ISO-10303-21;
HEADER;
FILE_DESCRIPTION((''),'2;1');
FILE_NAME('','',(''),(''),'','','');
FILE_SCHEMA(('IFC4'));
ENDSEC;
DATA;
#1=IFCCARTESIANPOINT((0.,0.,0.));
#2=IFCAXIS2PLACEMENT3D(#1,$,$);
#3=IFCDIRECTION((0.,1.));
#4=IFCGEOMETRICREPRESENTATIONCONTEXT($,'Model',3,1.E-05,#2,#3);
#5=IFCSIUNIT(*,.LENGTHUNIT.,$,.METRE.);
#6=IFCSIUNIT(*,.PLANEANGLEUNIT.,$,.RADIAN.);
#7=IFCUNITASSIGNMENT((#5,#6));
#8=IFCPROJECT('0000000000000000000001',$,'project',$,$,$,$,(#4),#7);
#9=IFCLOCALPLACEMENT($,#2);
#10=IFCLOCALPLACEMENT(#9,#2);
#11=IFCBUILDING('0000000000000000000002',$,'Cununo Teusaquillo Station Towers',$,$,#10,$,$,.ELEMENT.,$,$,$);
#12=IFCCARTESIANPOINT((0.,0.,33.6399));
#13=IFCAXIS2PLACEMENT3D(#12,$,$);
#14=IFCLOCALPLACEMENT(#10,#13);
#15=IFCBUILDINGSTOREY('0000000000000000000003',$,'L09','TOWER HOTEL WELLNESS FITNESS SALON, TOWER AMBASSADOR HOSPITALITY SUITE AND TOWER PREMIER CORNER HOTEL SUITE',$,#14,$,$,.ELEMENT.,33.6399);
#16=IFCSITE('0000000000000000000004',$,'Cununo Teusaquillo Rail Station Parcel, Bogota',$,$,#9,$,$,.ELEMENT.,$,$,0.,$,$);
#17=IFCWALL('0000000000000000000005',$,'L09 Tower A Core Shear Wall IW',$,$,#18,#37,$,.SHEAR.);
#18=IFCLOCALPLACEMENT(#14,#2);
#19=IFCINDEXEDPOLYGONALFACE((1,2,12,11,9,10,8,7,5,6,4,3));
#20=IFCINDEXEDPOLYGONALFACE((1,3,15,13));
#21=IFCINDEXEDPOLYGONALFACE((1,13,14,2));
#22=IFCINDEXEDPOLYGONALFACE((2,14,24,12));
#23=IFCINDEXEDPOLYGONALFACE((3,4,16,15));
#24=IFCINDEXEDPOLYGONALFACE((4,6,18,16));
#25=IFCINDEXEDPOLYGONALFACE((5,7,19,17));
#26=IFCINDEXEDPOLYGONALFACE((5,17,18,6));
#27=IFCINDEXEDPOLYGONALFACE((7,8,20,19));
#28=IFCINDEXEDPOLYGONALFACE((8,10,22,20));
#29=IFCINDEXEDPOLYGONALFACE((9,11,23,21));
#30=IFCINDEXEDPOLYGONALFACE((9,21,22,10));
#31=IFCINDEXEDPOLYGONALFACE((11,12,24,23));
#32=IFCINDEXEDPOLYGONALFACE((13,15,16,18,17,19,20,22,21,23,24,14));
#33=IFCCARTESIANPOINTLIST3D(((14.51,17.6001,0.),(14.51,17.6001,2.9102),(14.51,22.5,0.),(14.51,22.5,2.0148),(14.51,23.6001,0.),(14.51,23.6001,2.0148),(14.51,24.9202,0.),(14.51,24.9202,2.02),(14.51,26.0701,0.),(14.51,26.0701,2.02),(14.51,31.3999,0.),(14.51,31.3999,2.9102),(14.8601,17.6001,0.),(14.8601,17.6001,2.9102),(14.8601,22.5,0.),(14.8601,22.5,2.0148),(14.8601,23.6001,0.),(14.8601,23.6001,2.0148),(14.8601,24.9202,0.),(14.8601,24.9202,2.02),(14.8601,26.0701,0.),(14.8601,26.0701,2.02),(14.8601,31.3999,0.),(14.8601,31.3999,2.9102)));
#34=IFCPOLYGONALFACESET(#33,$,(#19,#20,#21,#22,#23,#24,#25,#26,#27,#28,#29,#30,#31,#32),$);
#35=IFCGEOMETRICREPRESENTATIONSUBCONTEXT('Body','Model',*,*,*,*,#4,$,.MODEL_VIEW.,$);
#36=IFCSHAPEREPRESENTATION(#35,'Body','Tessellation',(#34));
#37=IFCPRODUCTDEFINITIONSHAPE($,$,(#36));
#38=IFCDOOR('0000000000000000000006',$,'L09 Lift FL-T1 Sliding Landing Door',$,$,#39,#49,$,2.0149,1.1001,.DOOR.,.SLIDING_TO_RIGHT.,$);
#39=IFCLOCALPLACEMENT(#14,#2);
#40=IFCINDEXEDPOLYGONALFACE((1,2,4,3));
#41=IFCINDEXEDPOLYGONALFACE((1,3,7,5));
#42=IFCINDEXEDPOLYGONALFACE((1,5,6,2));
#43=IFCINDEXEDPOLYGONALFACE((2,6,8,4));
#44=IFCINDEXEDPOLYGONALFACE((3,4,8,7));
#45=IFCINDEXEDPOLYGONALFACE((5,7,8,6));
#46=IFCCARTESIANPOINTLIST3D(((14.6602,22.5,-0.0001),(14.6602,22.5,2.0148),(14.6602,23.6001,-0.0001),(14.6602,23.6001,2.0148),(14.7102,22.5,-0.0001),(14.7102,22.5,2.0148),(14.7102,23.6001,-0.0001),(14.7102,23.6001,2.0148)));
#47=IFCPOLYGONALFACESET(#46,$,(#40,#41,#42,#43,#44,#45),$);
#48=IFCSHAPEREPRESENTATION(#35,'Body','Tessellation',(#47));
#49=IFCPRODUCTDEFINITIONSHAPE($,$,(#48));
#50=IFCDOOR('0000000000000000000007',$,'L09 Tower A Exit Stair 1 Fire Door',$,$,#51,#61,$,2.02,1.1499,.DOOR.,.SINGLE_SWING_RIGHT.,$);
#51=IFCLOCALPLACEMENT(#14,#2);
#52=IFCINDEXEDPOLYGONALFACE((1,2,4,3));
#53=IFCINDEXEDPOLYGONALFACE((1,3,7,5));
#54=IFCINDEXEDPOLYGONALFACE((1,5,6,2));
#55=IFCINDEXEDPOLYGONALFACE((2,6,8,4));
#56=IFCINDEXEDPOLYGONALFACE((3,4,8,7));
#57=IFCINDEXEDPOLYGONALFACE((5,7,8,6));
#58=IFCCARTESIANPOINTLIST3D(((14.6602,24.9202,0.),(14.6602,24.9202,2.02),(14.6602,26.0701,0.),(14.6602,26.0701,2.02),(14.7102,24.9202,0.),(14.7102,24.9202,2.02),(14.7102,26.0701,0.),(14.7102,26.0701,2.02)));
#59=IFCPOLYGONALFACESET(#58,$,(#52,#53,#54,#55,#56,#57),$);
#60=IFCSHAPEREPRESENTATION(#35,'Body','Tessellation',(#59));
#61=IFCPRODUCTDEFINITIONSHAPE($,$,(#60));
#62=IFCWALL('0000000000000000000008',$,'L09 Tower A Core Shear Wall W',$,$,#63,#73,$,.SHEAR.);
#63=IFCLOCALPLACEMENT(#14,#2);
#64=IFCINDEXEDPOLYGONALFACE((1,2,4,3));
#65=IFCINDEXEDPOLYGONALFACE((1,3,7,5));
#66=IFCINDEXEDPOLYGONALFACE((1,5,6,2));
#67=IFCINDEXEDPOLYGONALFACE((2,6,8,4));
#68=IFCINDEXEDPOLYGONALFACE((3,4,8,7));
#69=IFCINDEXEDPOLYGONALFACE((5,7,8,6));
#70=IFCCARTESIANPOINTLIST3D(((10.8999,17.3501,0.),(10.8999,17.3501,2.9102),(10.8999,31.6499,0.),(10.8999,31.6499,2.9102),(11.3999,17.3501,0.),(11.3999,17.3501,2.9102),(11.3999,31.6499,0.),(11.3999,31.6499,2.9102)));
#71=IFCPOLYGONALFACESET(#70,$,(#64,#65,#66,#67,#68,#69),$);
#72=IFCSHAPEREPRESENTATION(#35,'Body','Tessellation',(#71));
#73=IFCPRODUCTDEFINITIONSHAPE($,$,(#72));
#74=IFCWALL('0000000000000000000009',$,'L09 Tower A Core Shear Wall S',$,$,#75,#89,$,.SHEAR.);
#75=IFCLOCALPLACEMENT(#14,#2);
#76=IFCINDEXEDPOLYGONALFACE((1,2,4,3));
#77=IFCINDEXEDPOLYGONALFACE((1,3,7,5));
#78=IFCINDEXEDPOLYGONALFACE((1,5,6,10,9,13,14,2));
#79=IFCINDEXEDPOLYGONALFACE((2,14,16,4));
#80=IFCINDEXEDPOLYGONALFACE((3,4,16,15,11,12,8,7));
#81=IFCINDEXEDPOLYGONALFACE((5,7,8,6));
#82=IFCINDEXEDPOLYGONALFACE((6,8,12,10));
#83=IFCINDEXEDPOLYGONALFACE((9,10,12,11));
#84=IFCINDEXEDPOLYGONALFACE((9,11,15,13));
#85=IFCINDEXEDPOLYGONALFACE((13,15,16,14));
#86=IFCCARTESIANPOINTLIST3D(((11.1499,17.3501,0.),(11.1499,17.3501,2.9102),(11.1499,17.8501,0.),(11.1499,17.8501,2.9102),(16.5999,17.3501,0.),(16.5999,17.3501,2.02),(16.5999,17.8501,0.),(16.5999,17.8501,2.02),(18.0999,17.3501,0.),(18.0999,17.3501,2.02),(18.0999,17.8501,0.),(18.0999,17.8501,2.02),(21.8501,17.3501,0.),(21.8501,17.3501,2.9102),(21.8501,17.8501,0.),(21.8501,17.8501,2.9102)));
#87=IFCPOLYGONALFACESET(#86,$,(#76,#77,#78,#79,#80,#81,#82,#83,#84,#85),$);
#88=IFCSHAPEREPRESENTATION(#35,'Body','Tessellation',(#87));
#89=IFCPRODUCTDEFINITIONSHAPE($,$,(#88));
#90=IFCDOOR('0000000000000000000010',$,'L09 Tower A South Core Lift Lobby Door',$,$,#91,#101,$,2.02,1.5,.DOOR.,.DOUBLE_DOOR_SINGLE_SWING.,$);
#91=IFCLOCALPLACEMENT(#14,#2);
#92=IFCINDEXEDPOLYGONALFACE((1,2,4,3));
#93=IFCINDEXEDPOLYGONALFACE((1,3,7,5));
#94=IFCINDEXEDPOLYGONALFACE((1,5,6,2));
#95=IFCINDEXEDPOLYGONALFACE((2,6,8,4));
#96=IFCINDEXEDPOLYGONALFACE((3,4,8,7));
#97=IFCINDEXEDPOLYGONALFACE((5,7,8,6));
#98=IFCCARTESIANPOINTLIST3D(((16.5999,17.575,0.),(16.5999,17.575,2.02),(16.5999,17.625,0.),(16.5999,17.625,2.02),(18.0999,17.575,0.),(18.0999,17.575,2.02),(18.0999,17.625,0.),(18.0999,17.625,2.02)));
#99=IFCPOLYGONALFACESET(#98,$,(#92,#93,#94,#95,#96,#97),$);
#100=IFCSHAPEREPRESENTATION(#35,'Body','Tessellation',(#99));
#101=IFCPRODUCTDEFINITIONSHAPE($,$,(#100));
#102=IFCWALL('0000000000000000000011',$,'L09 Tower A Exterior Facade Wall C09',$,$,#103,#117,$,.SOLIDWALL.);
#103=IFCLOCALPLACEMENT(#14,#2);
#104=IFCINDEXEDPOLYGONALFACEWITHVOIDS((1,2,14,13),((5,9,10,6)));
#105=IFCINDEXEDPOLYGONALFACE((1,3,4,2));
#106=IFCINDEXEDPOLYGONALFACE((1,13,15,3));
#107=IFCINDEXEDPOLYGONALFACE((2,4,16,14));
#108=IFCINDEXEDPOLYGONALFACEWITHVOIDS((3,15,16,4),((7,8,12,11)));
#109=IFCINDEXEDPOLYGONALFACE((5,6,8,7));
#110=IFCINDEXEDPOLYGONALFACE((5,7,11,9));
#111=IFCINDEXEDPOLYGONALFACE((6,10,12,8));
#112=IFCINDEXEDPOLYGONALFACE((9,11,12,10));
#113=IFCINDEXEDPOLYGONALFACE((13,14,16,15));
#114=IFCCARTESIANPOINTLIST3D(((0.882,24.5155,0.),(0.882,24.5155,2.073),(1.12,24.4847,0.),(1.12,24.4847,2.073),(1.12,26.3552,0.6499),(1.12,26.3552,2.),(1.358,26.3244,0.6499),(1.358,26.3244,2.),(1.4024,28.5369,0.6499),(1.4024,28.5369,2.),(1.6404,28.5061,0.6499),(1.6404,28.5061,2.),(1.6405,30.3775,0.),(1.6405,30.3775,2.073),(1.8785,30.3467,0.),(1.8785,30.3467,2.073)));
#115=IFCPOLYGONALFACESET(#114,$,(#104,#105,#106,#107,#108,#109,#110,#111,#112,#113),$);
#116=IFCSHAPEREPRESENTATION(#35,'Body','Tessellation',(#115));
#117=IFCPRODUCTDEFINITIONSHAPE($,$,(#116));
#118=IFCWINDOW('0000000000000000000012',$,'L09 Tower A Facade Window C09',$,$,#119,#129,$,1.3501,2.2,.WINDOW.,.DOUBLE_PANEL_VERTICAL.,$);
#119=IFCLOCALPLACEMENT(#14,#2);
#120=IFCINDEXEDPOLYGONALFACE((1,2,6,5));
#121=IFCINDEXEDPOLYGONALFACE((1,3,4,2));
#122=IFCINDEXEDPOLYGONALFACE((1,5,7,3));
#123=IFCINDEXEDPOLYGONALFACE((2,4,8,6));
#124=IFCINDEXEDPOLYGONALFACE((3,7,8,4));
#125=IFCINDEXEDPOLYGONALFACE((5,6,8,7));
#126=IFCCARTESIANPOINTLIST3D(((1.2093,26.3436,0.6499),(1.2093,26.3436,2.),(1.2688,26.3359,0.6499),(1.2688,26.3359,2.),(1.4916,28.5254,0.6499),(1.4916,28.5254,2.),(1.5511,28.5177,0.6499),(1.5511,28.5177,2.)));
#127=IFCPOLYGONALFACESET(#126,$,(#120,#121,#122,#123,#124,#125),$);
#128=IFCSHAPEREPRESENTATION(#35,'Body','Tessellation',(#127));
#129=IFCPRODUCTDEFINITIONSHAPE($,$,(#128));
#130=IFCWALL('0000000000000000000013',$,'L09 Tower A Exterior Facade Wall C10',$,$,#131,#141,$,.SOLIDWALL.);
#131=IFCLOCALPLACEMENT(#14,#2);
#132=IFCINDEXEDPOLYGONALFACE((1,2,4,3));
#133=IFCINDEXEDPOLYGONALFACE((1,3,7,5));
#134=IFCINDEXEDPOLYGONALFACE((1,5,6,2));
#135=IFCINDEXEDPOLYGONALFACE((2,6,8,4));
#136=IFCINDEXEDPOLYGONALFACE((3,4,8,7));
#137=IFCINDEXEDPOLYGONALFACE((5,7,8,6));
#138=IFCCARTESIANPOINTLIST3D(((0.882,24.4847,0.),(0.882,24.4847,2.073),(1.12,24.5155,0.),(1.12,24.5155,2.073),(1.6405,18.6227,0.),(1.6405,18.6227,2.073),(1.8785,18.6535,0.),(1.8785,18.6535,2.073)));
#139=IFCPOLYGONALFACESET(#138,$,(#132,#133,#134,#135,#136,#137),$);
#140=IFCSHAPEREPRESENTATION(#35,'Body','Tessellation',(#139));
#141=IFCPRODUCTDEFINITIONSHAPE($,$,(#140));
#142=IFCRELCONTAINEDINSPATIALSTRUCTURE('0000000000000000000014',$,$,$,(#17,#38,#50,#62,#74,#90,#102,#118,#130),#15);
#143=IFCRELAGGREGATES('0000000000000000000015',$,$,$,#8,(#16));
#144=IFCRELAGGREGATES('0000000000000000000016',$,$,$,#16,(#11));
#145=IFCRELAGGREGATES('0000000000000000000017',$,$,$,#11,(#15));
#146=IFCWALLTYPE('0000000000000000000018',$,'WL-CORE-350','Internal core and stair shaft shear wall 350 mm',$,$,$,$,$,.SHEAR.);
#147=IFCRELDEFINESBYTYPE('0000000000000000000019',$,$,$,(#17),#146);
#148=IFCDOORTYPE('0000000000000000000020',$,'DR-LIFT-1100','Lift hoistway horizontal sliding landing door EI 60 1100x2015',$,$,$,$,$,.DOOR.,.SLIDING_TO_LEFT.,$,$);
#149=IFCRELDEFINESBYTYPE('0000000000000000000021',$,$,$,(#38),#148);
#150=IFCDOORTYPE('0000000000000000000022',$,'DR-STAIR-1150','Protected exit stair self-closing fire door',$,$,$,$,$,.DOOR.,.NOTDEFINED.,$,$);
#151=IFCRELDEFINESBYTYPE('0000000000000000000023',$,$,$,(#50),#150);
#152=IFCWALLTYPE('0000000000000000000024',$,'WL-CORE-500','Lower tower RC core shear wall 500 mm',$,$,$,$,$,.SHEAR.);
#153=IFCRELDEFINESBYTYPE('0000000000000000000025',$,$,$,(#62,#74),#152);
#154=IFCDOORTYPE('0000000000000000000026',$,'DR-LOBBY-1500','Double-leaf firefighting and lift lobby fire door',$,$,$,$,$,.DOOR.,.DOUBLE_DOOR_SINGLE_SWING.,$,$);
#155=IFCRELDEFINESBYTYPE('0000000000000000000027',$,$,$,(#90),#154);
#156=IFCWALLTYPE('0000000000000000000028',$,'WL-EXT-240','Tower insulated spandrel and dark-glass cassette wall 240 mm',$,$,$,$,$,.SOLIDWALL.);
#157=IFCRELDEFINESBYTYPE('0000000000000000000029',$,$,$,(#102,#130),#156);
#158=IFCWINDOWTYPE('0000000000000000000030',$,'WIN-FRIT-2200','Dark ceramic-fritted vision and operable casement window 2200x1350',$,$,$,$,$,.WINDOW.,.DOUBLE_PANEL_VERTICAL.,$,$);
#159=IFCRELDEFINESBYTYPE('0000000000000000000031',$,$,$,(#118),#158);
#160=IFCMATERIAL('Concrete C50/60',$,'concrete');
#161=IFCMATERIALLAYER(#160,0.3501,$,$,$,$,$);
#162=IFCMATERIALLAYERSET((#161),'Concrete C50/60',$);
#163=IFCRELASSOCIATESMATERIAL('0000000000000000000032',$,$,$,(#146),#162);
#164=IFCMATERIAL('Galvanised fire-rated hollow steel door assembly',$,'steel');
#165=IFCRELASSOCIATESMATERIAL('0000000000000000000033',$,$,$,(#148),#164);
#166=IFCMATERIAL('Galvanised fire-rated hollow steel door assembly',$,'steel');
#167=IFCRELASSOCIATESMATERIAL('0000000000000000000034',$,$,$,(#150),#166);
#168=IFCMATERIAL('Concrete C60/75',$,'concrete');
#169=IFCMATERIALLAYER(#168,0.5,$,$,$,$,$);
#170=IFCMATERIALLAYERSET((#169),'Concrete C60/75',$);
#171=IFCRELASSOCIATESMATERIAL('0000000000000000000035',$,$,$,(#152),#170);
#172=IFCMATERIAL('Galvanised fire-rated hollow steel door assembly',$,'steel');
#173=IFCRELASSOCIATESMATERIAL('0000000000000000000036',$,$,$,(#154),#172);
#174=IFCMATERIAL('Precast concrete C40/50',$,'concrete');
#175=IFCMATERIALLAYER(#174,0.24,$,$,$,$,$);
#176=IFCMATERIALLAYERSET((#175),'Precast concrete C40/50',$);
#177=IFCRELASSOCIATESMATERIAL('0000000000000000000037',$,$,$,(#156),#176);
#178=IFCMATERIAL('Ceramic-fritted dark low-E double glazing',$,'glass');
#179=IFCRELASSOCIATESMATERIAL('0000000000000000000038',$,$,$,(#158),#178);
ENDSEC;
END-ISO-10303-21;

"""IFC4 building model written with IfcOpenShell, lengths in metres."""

from ifc_helpers import new_model, si_unit, direction, frame, frame_2d, origin, place, context, subcontext, project, spatial, rectangle, extrude, source, transform, mapped, material, layer, layer_set, type_object, element, fill, save


model = new_model("IFC4")

# Units and contexts
model_context = context("Model", 3, precision=1e-05, world=origin(), true_north=direction((0.0, 1.0)))
body_context = subcontext(model_context, "Body", "Model", "MODEL_VIEW")
ifc_project = project(units=[si_unit("LENGTHUNIT", "METRE"), si_unit("PLANEANGLEUNIT", "RADIAN")], contexts=[model_context])

# Site, building, storey
site_placement = place(None, origin())
site = spatial("IfcSite", under=ifc_project, at=site_placement, Name="Cununo Teusaquillo Rail Station Parcel, Bogota", CompositionType="ELEMENT", RefElevation=0.0)
building_placement = place(site_placement, origin())
building = spatial("IfcBuilding", under=site, at=building_placement, Name="Cununo Teusaquillo Station Towers", CompositionType="ELEMENT")
storey_placement = place(building_placement, frame((0.0, 0.0, 33.6399)))
storey = spatial("IfcBuildingStorey", under=building, at=storey_placement, Name="L09", Description="TOWER HOTEL WELLNESS FITNESS SALON, TOWER AMBASSADOR HOSPITALITY SUITE AND TOWER PREMIER CORNER HOTEL SUITE", CompositionType="ELEMENT", Elevation=33.6399)

# Wall, openings, doors
ifc_material_1 = material(Name="Concrete C50/60", Category="concrete")
ifc_layer_1 = layer(ifc_material_1, 0.3501)
ifc_layer_set_1 = layer_set([ifc_layer_1], Name="Concrete C50/60")
wall_type_1 = type_object("IfcWallType", Name="WL-CORE-350", Description="Internal core and stair shaft shear wall 350 mm", PredefinedType="SHEAR", material=ifc_layer_set_1)
wall_1_placement = place(storey_placement, frame((14.6851, 17.6001, 0.0), z_axis=(0.0, 0.0, 1.0), x_axis=(0.0, 1.0, 0.0)))
wall_1 = element("IfcWall", 1, at=wall_1_placement, inside=storey, type_object=wall_type_1, Name="L09 Tower A Core Shear Wall IW", PredefinedType="SHEAR", context=body_context, shape_type="SweptSolid", body=[
    extrude(rectangle(XDim=13.7998, YDim=0.3501, at=frame_2d((6.8999, 0.0))), origin(), (0.0, 0.0, 1.0), 2.9102),
])
shared_shape_1 = source(origin(), body_context, "Body", "SweptSolid", [
    extrude(rectangle(XDim=1.1001, YDim=2.0149, at=frame_2d((0.55, 1.0073))), frame((0.0, 0.1851, 0.0), z_axis=(0.0, -1.0, 0.0), x_axis=(1.0, 0.0, 0.0)), (0.0, 0.0, 1.0), 0.3701),
])
opening_1_placement = place(wall_1_placement, frame((4.8999, 0.0, 0.0)))
opening_1 = element("IfcOpeningElement", 2, at=opening_1_placement, cuts=wall_1, PredefinedType="OPENING", context=body_context, shape_type="MappedRepresentation", body=[
    mapped(shared_shape_1, transform((0.0, 0.0, 0.0), x_axis=(1.0, 0.0, 0.0), y_axis=(0.0, 1.0, 0.0), z_axis=(0.0, 0.0, 1.0), scale=1.0)),
])
shared_shape_2 = source(origin(), body_context, "Body", "SweptSolid", [
    extrude(rectangle(XDim=1.1499, YDim=2.02, at=frame_2d((0.575, 1.01))), frame((0.0, 0.1851, 0.0), z_axis=(0.0, -1.0, 0.0), x_axis=(1.0, 0.0, 0.0)), (0.0, 0.0, 1.0), 0.3701),
])
opening_2_placement = place(wall_1_placement, frame((7.3201, 0.0, 0.0)))
opening_2 = element("IfcOpeningElement", 3, at=opening_2_placement, cuts=wall_1, PredefinedType="OPENING", context=body_context, shape_type="MappedRepresentation", body=[
    mapped(shared_shape_2, transform((0.0, 0.0, 0.0), x_axis=(1.0, 0.0, 0.0), y_axis=(0.0, 1.0, 0.0), z_axis=(0.0, 0.0, 1.0), scale=1.0)),
])
ifc_material_2 = material(Name="Galvanised fire-rated hollow steel door assembly", Category="steel")
door_type_1 = type_object("IfcDoorType", Name="DR-LIFT-1100", Description="Lift hoistway horizontal sliding landing door EI 60 1100x2015", OperationType="SLIDING_TO_LEFT", PredefinedType="DOOR", material=ifc_material_2)
shared_shape_3 = source(origin(), body_context, "Body", "SweptSolid", [
    extrude(rectangle(XDim=1.1001, YDim=2.0149, at=frame_2d((0.55, 1.0073))), frame((0.0, 0.0249, 0.0), z_axis=(0.0, -1.0, 0.0), x_axis=(1.0, 0.0, 0.0)), (0.0, 0.0, 1.0), 0.05),
])
door_1_placement = place(opening_1_placement, origin())
door_1 = element("IfcDoor", 4, at=door_1_placement, inside=storey, type_object=door_type_1, Name="L09 Lift FL-T1 Sliding Landing Door", OperationType="SLIDING_TO_RIGHT", OverallHeight=2.0149, OverallWidth=1.1001, PredefinedType="DOOR", context=body_context, shape_type="MappedRepresentation", body=[
    mapped(shared_shape_3, transform((0.0, 0.0, 0.0), x_axis=(1.0, 0.0, 0.0), y_axis=(0.0, 1.0, 0.0), z_axis=(0.0, 0.0, 1.0), scale=1.0)),
])
fill(opening_1, door_1)
ifc_material_3 = material(Name="Galvanised fire-rated hollow steel door assembly", Category="steel")
door_type_2 = type_object("IfcDoorType", Name="DR-STAIR-1150", Description="Protected exit stair self-closing fire door", OperationType="NOTDEFINED", PredefinedType="DOOR", material=ifc_material_3)
shared_shape_4 = source(origin(), body_context, "Body", "SweptSolid", [
    extrude(rectangle(XDim=1.1499, YDim=2.02, at=frame_2d((0.575, 1.01))), frame((0.0, 0.0249, 0.0), z_axis=(0.0, -1.0, 0.0), x_axis=(1.0, 0.0, 0.0)), (0.0, 0.0, 1.0), 0.05),
])
door_2_placement = place(opening_2_placement, origin())
door_2 = element("IfcDoor", 5, at=door_2_placement, inside=storey, type_object=door_type_2, Name="L09 Tower A Exit Stair 1 Fire Door", OperationType="SINGLE_SWING_RIGHT", OverallHeight=2.02, OverallWidth=1.1499, PredefinedType="DOOR", context=body_context, shape_type="MappedRepresentation", body=[
    mapped(shared_shape_4, transform((0.0, 0.0, 0.0), x_axis=(1.0, 0.0, 0.0), y_axis=(0.0, 1.0, 0.0), z_axis=(0.0, 0.0, 1.0), scale=1.0)),
])
fill(opening_2, door_2)

# Wall
ifc_material_4 = material(Name="Concrete C60/75", Category="concrete")
ifc_layer_2 = layer(ifc_material_4, 0.5)
ifc_layer_set_2 = layer_set([ifc_layer_2], Name="Concrete C60/75")
wall_type_2 = type_object("IfcWallType", Name="WL-CORE-500", Description="Lower tower RC core shear wall 500 mm", PredefinedType="SHEAR", material=ifc_layer_set_2)
wall_2_placement = place(storey_placement, frame((11.1499, 17.3501, 0.0), z_axis=(0.0, 0.0, 1.0), x_axis=(0.0, 1.0, 0.0)))
element("IfcWall", 6, at=wall_2_placement, inside=storey, type_object=wall_type_2, Name="L09 Tower A Core Shear Wall W", PredefinedType="SHEAR", context=body_context, shape_type="SweptSolid", body=[
    extrude(rectangle(XDim=14.2998, YDim=0.5, at=frame_2d((7.1499, 0.0))), origin(), (0.0, 0.0, 1.0), 2.9102),
])

# Wall, opening, door
wall_3_placement = place(storey_placement, frame((11.1499, 17.6001, 0.0), z_axis=(0.0, 0.0, 1.0), x_axis=(1.0, 0.0, 0.0)))
wall_3 = element("IfcWall", 7, at=wall_3_placement, inside=storey, type_object=wall_type_2, Name="L09 Tower A Core Shear Wall S", PredefinedType="SHEAR", context=body_context, shape_type="SweptSolid", body=[
    extrude(rectangle(XDim=10.7002, YDim=0.5, at=frame_2d((5.3501, 0.0))), origin(), (0.0, 0.0, 1.0), 2.9102),
])
shared_shape_5 = source(origin(), body_context, "Body", "SweptSolid", [
    extrude(rectangle(XDim=1.5, YDim=2.02, at=frame_2d((0.75, 1.01))), frame((0.0, 0.26, 0.0), z_axis=(0.0, -1.0, 0.0), x_axis=(1.0, 0.0, 0.0)), (0.0, 0.0, 1.0), 0.52),
])
opening_3_placement = place(wall_3_placement, frame((5.45, 0.0, 0.0)))
opening_3 = element("IfcOpeningElement", 8, at=opening_3_placement, cuts=wall_3, PredefinedType="OPENING", context=body_context, shape_type="MappedRepresentation", body=[
    mapped(shared_shape_5, transform((0.0, 0.0, 0.0), x_axis=(1.0, 0.0, 0.0), y_axis=(0.0, 1.0, 0.0), z_axis=(0.0, 0.0, 1.0), scale=1.0)),
])
ifc_material_5 = material(Name="Galvanised fire-rated hollow steel door assembly", Category="steel")
door_type_3 = type_object("IfcDoorType", Name="DR-LOBBY-1500", Description="Double-leaf firefighting and lift lobby fire door", OperationType="DOUBLE_DOOR_SINGLE_SWING", PredefinedType="DOOR", material=ifc_material_5)
shared_shape_6 = source(origin(), body_context, "Body", "SweptSolid", [
    extrude(rectangle(XDim=1.5, YDim=2.02, at=frame_2d((0.75, 1.01))), frame((0.0, 0.0249, 0.0), z_axis=(0.0, -1.0, 0.0), x_axis=(1.0, 0.0, 0.0)), (0.0, 0.0, 1.0), 0.05),
])
door_3_placement = place(opening_3_placement, origin())
door_3 = element("IfcDoor", 9, at=door_3_placement, inside=storey, type_object=door_type_3, Name="L09 Tower A South Core Lift Lobby Door", OperationType="DOUBLE_DOOR_SINGLE_SWING", OverallHeight=2.02, OverallWidth=1.5, PredefinedType="DOOR", context=body_context, shape_type="MappedRepresentation", body=[
    mapped(shared_shape_6, transform((0.0, 0.0, 0.0), x_axis=(1.0, 0.0, 0.0), y_axis=(0.0, 1.0, 0.0), z_axis=(0.0, 0.0, 1.0), scale=1.0)),
])
fill(opening_3, door_3)

# Wall, opening, window
ifc_material_6 = material(Name="Precast concrete C40/50", Category="concrete")
ifc_layer_3 = layer(ifc_material_6, 0.24)
ifc_layer_set_3 = layer_set([ifc_layer_3], Name="Precast concrete C40/50")
wall_type_3 = type_object("IfcWallType", Name="WL-EXT-240", Description="Tower insulated spandrel and dark-glass cassette wall 240 mm", PredefinedType="SOLIDWALL", material=ifc_layer_set_3)
wall_4_placement = place(storey_placement, frame((1.001, 24.5, 0.0), z_axis=(0.0, 0.0, 1.0), x_axis=(0.128329, 0.991732, 0.0)))
wall_4 = element("IfcWall", 10, at=wall_4_placement, inside=storey, type_object=wall_type_3, Name="L09 Tower A Exterior Facade Wall C09", PredefinedType="SOLIDWALL", context=body_context, shape_type="SweptSolid", body=[
    extrude(rectangle(XDim=5.9109, YDim=0.24, at=frame_2d((2.9556, 0.0))), origin(), (0.0, 0.0, 1.0), 2.073),
])
shared_shape_7 = source(origin(), body_context, "Body", "SweptSolid", [
    extrude(rectangle(XDim=2.2, YDim=1.3501, at=frame_2d((1.1001, 0.675))), frame((0.0, 0.1299, 0.0), z_axis=(0.0, -1.0, 0.0), x_axis=(1.0, 0.0, 0.0)), (0.0, 0.0, 1.0), 0.26),
])
opening_4_placement = place(wall_4_placement, frame((1.855, 0.0, 0.6499)))
opening_4 = element("IfcOpeningElement", 11, at=opening_4_placement, cuts=wall_4, PredefinedType="OPENING", context=body_context, shape_type="MappedRepresentation", body=[
    mapped(shared_shape_7, transform((0.0, 0.0, 0.0), x_axis=(1.0, 0.0, 0.0), y_axis=(0.0, 1.0, 0.0), z_axis=(0.0, 0.0, 1.0), scale=1.0)),
])
ifc_material_7 = material(Name="Ceramic-fritted dark low-E double glazing", Category="glass")
window_type = type_object("IfcWindowType", Name="WIN-FRIT-2200", Description="Dark ceramic-fritted vision and operable casement window 2200x1350", PartitioningType="DOUBLE_PANEL_VERTICAL", PredefinedType="WINDOW", material=ifc_material_7)
shared_shape_8 = source(origin(), body_context, "Body", "SweptSolid", [
    extrude(rectangle(XDim=2.2, YDim=1.3501, at=frame_2d((1.1001, 0.675))), frame((0.0, 0.03, 0.0), z_axis=(0.0, -1.0, 0.0), x_axis=(1.0, 0.0, 0.0)), (0.0, 0.0, 1.0), 0.0601),
])
window_placement = place(opening_4_placement, origin())
window = element("IfcWindow", 12, at=window_placement, inside=storey, type_object=window_type, Name="L09 Tower A Facade Window C09", OverallHeight=1.3501, OverallWidth=2.2, PartitioningType="DOUBLE_PANEL_VERTICAL", PredefinedType="WINDOW", context=body_context, shape_type="MappedRepresentation", body=[
    mapped(shared_shape_8, transform((0.0, 0.0, 0.0), x_axis=(1.0, 0.0, 0.0), y_axis=(0.0, 1.0, 0.0), z_axis=(0.0, 0.0, 1.0), scale=1.0)),
])
fill(opening_4, window)

# Wall
wall_5_placement = place(storey_placement, frame((1.7595, 18.6379, 0.0), z_axis=(0.0, 0.0, 1.0), x_axis=(-0.128329, 0.991732, 0.0)))
element("IfcWall", 13, at=wall_5_placement, inside=storey, type_object=wall_type_3, Name="L09 Tower A Exterior Facade Wall C10", PredefinedType="SOLIDWALL", context=body_context, shape_type="SweptSolid", body=[
    extrude(rectangle(XDim=5.9109, YDim=0.24, at=frame_2d((2.9556, 0.0))), origin(), (0.0, 0.0, 1.0), 2.073),
])

save(model, "model.ifc")
